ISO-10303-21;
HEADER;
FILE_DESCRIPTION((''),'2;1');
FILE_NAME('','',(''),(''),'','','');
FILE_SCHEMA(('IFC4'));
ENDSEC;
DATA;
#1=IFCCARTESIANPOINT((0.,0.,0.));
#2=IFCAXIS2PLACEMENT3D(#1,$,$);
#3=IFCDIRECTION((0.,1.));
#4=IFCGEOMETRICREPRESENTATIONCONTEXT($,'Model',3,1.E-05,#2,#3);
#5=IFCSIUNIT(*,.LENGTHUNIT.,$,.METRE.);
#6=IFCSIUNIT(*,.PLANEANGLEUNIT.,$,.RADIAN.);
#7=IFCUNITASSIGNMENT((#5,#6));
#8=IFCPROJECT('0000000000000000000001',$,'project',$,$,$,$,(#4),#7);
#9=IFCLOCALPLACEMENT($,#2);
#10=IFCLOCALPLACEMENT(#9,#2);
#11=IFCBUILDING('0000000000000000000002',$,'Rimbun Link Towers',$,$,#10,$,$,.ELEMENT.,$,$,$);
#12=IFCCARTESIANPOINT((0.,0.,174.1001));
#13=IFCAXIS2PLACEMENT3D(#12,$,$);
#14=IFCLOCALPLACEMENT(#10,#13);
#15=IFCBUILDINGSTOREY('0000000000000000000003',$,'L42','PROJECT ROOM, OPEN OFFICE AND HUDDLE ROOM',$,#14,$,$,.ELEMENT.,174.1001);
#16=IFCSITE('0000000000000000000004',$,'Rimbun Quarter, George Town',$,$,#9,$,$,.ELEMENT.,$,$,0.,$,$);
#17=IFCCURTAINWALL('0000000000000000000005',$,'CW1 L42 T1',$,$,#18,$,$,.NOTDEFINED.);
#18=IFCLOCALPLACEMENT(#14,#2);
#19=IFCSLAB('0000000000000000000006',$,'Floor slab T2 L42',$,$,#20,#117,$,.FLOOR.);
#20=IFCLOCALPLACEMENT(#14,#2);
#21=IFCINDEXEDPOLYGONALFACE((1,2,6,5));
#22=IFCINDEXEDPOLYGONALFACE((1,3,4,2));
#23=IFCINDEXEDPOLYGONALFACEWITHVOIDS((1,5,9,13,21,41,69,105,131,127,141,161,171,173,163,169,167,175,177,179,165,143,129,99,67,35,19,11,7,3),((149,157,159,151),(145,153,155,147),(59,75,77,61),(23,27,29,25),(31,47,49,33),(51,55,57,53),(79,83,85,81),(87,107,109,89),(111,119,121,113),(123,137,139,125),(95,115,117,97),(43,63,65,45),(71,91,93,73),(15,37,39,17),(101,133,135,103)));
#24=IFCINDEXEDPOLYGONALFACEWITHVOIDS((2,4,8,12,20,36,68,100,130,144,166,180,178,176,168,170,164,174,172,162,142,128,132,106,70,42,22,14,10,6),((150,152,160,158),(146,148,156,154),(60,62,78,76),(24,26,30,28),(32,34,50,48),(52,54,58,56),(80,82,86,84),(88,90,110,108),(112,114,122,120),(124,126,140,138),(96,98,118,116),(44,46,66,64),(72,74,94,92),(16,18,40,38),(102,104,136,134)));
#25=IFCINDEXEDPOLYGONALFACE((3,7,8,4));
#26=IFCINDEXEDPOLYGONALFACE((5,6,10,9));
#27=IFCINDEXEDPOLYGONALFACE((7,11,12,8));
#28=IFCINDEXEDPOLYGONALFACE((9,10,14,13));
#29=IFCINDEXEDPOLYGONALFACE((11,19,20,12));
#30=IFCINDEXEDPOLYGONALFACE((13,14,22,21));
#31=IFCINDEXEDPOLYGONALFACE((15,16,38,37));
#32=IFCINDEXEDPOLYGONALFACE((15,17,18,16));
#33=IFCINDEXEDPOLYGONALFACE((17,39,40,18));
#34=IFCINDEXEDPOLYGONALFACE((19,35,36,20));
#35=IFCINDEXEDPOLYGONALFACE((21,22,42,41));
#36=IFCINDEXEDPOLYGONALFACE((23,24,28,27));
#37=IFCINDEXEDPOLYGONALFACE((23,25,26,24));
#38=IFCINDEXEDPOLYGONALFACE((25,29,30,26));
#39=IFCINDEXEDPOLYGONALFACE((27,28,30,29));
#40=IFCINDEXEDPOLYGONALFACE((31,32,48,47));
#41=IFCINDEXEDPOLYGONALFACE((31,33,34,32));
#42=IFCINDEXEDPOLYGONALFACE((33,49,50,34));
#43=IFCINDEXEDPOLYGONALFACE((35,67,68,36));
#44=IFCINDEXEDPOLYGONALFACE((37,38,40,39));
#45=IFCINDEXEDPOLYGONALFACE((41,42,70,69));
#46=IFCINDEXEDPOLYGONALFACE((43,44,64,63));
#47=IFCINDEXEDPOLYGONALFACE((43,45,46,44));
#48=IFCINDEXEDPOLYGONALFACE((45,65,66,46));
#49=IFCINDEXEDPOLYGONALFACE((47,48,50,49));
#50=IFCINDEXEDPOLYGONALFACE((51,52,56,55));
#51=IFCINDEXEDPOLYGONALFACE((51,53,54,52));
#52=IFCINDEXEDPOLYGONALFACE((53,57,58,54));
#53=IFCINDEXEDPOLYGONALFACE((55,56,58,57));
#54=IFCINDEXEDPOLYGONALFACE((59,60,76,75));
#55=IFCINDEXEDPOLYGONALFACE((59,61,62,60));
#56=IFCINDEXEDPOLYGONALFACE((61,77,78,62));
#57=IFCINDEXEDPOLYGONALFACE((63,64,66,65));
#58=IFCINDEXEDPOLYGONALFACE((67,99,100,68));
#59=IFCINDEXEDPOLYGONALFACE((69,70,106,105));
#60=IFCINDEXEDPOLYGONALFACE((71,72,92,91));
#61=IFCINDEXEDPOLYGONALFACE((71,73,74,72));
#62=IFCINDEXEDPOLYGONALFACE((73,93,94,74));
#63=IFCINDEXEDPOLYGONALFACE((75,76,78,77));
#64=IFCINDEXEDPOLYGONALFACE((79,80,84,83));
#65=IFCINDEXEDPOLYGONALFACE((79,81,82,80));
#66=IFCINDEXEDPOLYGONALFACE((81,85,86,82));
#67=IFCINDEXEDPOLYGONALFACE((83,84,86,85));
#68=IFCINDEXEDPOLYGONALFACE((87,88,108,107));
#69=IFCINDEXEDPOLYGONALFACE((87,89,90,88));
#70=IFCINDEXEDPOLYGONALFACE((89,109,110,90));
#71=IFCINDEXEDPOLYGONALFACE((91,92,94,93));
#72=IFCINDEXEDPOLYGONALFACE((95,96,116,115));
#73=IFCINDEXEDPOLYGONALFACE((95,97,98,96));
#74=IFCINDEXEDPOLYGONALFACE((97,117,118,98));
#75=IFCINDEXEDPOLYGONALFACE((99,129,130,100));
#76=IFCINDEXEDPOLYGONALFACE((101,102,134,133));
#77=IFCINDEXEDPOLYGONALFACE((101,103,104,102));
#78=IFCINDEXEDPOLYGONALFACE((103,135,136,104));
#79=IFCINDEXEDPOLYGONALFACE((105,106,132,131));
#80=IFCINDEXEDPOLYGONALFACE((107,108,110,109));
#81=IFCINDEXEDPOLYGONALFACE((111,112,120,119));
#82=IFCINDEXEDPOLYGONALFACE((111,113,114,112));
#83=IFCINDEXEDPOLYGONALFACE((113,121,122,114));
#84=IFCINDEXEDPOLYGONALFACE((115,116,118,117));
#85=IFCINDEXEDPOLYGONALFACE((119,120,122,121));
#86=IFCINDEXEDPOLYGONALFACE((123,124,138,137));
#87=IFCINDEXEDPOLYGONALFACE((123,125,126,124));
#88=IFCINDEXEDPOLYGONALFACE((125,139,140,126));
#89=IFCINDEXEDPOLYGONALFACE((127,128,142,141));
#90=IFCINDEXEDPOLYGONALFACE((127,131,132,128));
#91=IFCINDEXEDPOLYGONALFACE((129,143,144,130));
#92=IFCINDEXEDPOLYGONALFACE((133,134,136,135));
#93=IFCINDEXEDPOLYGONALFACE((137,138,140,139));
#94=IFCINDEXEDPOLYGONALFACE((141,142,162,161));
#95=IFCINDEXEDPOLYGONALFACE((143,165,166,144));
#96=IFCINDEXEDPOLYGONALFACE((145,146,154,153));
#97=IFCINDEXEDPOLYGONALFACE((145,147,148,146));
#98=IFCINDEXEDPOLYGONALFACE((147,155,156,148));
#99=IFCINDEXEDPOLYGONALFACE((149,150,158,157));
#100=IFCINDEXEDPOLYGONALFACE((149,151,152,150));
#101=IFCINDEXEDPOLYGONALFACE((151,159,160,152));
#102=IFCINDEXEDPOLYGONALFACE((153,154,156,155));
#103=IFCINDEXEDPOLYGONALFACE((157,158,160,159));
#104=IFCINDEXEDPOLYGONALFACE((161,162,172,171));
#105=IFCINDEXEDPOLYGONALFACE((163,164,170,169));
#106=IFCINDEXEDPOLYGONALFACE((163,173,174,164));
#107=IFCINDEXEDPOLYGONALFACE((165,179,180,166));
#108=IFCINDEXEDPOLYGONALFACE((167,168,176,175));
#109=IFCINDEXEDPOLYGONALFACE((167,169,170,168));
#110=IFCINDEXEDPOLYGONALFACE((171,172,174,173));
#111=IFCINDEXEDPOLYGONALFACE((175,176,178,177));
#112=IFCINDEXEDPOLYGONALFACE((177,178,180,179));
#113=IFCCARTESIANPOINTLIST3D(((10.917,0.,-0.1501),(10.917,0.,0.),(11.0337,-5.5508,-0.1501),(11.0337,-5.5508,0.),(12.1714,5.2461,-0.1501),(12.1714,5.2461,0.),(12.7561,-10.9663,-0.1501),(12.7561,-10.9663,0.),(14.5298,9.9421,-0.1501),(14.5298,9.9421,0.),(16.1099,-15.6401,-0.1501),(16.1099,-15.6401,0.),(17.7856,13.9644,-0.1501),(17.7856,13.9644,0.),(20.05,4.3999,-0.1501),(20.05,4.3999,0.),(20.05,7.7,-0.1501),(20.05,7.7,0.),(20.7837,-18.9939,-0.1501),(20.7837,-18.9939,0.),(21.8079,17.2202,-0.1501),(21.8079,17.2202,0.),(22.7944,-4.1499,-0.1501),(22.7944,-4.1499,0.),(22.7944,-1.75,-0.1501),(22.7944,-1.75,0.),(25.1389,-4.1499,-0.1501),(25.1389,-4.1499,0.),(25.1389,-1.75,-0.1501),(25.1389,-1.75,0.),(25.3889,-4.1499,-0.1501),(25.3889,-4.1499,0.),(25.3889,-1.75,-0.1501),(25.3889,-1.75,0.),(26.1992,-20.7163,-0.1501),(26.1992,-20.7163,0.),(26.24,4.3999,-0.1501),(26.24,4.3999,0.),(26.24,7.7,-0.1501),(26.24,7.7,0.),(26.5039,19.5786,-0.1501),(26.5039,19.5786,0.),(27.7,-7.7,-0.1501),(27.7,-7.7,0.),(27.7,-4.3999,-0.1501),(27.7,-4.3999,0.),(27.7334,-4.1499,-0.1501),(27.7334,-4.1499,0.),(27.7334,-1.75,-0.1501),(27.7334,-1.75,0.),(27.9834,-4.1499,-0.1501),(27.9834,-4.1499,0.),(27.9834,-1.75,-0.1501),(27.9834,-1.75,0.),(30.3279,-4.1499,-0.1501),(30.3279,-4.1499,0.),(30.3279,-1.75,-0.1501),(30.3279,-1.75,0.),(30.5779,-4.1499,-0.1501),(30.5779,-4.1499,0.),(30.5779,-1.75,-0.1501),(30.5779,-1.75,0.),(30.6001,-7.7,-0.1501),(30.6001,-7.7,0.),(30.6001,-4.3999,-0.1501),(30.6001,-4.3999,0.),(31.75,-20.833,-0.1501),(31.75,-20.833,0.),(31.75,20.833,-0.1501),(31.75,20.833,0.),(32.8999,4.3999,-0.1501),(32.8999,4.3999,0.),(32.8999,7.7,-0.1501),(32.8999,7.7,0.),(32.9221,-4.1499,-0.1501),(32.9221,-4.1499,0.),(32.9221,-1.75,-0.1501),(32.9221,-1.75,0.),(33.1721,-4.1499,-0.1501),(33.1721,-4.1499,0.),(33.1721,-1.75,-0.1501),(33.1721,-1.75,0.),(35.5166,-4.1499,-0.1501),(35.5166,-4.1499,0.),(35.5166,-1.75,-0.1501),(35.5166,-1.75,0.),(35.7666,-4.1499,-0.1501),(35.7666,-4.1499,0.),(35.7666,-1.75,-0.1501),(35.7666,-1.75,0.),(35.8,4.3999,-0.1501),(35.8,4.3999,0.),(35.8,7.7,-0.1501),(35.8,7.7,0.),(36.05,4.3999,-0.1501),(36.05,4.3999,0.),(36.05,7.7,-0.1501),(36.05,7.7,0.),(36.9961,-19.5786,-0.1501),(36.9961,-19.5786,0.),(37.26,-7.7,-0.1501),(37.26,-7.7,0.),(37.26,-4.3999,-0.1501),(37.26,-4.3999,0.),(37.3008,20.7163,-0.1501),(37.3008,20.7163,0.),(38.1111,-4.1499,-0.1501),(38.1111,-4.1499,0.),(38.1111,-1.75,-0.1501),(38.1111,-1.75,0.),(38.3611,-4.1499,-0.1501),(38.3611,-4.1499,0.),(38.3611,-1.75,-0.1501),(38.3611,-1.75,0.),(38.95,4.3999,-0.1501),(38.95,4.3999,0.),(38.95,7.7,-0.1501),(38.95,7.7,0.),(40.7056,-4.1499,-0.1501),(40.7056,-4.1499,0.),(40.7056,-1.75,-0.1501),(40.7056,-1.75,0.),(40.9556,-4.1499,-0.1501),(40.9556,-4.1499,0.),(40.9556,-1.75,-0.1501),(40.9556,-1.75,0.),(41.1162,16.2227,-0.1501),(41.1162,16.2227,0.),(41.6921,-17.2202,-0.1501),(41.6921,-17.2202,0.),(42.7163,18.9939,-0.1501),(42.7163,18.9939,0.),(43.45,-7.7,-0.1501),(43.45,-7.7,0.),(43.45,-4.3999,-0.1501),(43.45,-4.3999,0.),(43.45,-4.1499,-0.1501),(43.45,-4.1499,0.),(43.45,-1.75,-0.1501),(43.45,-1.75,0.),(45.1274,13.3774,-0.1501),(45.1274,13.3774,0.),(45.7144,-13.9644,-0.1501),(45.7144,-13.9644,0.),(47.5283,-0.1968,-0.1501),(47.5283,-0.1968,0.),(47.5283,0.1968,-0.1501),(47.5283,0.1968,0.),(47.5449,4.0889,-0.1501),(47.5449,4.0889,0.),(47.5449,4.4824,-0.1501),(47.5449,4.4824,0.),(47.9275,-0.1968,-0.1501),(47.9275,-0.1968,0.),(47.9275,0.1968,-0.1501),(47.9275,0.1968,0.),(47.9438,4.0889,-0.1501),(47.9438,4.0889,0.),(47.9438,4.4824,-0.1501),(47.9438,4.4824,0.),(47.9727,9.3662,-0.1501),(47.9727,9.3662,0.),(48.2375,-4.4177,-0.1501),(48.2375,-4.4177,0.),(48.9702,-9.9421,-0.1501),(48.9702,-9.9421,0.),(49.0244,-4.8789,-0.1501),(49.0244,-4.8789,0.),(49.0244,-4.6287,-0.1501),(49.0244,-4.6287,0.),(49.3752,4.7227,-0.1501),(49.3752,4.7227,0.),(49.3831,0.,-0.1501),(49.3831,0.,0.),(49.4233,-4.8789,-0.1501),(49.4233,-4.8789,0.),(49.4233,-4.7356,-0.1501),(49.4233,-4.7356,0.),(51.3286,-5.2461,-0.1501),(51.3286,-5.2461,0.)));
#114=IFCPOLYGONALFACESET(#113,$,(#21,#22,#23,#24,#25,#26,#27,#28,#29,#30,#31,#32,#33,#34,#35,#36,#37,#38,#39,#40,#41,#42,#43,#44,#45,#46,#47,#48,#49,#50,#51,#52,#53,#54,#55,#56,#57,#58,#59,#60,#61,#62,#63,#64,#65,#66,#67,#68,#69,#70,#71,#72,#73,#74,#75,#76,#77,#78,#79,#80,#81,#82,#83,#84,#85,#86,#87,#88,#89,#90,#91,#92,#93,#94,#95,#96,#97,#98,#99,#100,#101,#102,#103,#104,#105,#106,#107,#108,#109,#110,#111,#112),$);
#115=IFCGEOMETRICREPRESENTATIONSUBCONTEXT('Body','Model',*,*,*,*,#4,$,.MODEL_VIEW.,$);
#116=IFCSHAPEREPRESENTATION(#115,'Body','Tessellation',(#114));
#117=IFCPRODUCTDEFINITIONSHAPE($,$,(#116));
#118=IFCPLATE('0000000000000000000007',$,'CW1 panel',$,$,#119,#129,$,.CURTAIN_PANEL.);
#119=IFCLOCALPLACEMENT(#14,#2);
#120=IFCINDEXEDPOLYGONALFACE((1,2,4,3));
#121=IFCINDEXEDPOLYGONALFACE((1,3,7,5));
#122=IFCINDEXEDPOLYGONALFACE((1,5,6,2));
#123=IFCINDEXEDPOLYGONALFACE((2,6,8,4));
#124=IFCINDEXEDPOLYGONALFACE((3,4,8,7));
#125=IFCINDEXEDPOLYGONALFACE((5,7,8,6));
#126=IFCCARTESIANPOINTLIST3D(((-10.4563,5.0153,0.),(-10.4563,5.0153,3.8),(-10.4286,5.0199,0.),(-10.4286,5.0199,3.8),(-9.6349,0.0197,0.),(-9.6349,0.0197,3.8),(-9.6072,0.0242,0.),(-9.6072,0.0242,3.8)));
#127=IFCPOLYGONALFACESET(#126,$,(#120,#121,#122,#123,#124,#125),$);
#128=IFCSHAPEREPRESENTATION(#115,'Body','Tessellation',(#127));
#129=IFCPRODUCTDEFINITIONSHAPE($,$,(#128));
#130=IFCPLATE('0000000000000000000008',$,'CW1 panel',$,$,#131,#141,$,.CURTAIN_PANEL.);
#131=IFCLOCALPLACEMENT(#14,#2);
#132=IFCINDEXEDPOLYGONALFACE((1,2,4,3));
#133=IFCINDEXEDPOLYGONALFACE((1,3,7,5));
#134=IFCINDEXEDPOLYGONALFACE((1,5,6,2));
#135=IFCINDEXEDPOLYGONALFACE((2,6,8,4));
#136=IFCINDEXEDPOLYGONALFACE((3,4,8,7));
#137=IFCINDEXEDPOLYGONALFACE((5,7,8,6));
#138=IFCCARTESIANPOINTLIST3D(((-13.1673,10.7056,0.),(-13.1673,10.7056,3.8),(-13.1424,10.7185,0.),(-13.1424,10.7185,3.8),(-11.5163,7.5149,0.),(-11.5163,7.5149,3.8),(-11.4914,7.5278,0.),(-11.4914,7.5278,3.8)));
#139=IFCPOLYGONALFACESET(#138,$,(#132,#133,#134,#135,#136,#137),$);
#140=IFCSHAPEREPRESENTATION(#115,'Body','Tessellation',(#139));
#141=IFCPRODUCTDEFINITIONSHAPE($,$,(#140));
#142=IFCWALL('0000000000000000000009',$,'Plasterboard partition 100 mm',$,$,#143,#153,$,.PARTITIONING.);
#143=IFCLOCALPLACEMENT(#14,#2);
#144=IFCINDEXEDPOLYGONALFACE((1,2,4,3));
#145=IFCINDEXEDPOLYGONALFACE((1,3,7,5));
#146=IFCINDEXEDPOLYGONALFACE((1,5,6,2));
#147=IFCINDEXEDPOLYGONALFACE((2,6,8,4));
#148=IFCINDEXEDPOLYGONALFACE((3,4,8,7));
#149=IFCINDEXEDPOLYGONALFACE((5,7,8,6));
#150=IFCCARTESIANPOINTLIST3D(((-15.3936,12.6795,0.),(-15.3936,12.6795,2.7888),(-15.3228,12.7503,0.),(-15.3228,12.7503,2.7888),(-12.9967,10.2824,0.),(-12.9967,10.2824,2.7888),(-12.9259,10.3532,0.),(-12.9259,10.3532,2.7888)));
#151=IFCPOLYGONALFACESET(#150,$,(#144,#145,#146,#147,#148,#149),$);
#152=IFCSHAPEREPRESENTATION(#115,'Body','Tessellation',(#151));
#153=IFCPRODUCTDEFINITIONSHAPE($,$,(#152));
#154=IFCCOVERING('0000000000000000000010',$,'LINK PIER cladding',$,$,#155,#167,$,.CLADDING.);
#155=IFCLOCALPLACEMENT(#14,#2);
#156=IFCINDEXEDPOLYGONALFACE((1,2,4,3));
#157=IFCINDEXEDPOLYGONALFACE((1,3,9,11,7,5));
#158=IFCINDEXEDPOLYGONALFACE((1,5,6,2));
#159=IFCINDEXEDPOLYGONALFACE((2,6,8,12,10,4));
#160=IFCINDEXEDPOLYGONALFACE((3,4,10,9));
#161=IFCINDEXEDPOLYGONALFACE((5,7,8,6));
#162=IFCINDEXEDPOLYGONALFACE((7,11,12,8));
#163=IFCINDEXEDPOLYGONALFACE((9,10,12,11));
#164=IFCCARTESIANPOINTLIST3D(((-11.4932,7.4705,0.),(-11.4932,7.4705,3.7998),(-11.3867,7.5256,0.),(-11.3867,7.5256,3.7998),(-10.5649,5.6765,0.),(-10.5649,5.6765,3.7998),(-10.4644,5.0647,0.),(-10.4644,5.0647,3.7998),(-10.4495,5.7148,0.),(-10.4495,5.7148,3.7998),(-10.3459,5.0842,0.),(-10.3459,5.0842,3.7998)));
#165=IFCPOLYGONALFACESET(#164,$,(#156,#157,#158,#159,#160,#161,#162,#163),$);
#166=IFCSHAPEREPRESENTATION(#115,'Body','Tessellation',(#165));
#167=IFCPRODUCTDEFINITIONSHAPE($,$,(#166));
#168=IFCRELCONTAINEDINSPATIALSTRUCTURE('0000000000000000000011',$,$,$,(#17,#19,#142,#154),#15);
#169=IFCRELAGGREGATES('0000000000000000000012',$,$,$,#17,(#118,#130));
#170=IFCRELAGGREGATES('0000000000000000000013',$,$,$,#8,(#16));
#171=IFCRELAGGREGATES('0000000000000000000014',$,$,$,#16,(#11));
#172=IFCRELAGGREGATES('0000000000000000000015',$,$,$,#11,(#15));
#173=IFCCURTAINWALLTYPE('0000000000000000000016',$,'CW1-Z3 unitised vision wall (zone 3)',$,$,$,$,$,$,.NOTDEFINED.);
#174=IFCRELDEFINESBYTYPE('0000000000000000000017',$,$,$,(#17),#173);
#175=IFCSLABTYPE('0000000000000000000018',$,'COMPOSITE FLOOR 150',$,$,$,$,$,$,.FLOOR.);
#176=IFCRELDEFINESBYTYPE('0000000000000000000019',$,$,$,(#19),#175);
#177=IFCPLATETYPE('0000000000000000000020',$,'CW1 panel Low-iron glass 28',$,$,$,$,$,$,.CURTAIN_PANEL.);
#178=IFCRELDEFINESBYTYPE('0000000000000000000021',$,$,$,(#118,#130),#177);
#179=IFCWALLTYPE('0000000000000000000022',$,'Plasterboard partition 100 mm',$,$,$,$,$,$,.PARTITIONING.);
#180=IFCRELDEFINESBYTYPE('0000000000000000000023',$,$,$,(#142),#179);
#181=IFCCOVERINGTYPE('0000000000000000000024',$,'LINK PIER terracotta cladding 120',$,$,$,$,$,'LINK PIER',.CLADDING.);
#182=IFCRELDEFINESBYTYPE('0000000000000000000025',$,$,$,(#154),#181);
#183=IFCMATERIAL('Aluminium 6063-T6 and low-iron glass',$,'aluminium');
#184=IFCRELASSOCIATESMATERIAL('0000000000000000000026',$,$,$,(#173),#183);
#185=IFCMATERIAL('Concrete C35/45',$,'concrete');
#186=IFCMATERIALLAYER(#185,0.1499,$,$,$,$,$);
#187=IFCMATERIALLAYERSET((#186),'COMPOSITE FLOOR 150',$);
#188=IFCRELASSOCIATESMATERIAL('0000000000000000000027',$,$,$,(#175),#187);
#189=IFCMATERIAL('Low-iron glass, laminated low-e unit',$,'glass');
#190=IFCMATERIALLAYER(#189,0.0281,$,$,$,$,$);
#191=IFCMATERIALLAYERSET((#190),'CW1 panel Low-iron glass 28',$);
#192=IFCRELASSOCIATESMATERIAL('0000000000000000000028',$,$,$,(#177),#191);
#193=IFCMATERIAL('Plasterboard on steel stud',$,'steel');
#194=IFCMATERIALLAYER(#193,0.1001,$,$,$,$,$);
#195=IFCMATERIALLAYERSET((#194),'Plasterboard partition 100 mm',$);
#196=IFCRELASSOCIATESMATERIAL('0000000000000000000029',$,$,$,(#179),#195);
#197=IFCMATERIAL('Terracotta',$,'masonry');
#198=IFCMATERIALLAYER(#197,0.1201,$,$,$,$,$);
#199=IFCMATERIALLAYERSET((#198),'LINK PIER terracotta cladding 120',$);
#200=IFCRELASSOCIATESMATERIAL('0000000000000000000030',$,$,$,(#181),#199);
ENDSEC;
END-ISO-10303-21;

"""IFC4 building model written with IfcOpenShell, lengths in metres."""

from ifc_helpers import new_model, si_unit, direction, frame, frame_2d, origin, origin_2d, place, context, subcontext, project, spatial, polyline, rectangle, outline, extrude, material, layer, layer_set, type_object, element, aggregate, save


model = new_model("IFC4")

# Units and contexts
model_context = context("Model", 3, precision=1e-05, world=origin(), true_north=direction((0.0, 1.0)))
body_context = subcontext(model_context, "Body", "Model", "MODEL_VIEW")
ifc_project = project(units=[si_unit("LENGTHUNIT", "METRE"), si_unit("PLANEANGLEUNIT", "RADIAN")], contexts=[model_context])

# Site, building, storey
site_placement = place(None, origin())
site = spatial("IfcSite", under=ifc_project, at=site_placement, Name="Rimbun Quarter, George Town", CompositionType="ELEMENT", RefElevation=0.0)
building_placement = place(site_placement, origin())
building = spatial("IfcBuilding", under=site, at=building_placement, Name="Rimbun Link Towers", CompositionType="ELEMENT")
storey_placement = place(building_placement, frame((0.0, 0.0, 174.1001)))
storey = spatial("IfcBuildingStorey", under=building, at=storey_placement, Name="L42", Description="PROJECT ROOM, OPEN OFFICE AND HUDDLE ROOM", CompositionType="ELEMENT", Elevation=174.1001)

# Curtain wall
ifc_material_1 = material(Name="Aluminium 6063-T6 and low-iron glass", Category="aluminium")
curtain_wall_type = type_object("IfcCurtainWallType", Name="CW1-Z3 unitised vision wall (zone 3)", PredefinedType="NOTDEFINED", material=ifc_material_1)
curtain_wall_placement = place(storey_placement, origin())
curtain_wall = element("IfcCurtainWall", 1, at=curtain_wall_placement, inside=storey, type_object=curtain_wall_type, Name="CW1 L42 T1", PredefinedType="NOTDEFINED")

# Slab
ifc_material_2 = material(Name="Concrete C35/45", Category="concrete")
ifc_layer_1 = layer(ifc_material_2, 0.1499)
ifc_layer_set_1 = layer_set([ifc_layer_1], Name="COMPOSITE FLOOR 150")
slab_type = type_object("IfcSlabType", Name="COMPOSITE FLOOR 150", PredefinedType="FLOOR", material=ifc_layer_set_1)
slab_placement = place(storey_placement, frame((0.0, 0.0, -0.1501)))
element("IfcSlab", 2, at=slab_placement, inside=storey, type_object=slab_type, Name="Floor slab T2 L42", PredefinedType="FLOOR", context=body_context, shape_type="SweptSolid", body=[
    extrude(outline(polyline([(51.3286, -5.2461), (48.9702, -9.9421), (45.7144, -13.9644), (41.6921, -17.2202), (36.9961, -19.5786), (31.75, -20.833), (26.1992, -20.7163), (20.7837, -18.9939), (16.1099, -15.6401), (12.7561, -10.9663), (11.0337, -5.5508), (10.917, 0.0), (12.1714, 5.2461), (14.5298, 9.9421), (17.7856, 13.9644), (21.8079, 17.2202), (26.5039, 19.5786), (31.75, 20.833), (37.3008, 20.7163), (42.7163, 18.9939), (41.1162, 16.2227), (45.1274, 13.3774), (47.9727, 9.3662), (49.3752, 4.7227), (49.3831, 0.0), (48.2375, -4.4177), (49.0244, -4.6287), (49.0244, -4.8789), (49.4233, -4.8789), (49.4233, -4.7356), (51.3286, -5.2461)]), holes=[polyline([(30.6001, -7.7), (30.6001, -4.3999), (27.7, -4.3999), (27.7, -7.7), (30.6001, -7.7)]), polyline([(25.1389, -4.1499), (25.1389, -1.75), (22.7944, -1.75), (22.7944, -4.1499), (25.1389, -4.1499)]), polyline([(27.7334, -4.1499), (27.7334, -1.75), (25.3889, -1.75), (25.3889, -4.1499), (27.7334, -4.1499)]), polyline([(30.3279, -4.1499), (30.3279, -1.75), (27.9834, -1.75), (27.9834, -4.1499), (30.3279, -4.1499)]), polyline([(32.9221, -4.1499), (32.9221, -1.75), (30.5779, -1.75), (30.5779, -4.1499), (32.9221, -4.1499)]), polyline([(35.5166, -4.1499), (35.5166, -1.75), (33.1721, -1.75), (33.1721, -4.1499), (35.5166, -4.1499)]), polyline([(26.24, 4.3999), (26.24, 7.7), (20.05, 7.7), (20.05, 4.3999), (26.24, 4.3999)]), polyline([(35.8, 4.3999), (35.8, 7.7), (32.8999, 7.7), (32.8999, 4.3999), (35.8, 4.3999)]), polyline([(43.45, -7.7), (43.45, -4.3999), (37.26, -4.3999), (37.26, -7.7), (43.45, -7.7)]), polyline([(38.1111, -4.1499), (38.1111, -1.75), (35.7666, -1.75), (35.7666, -4.1499), (38.1111, -4.1499)]), polyline([(40.7056, -4.1499), (40.7056, -1.75), (38.3611, -1.75), (38.3611, -4.1499), (40.7056, -4.1499)]), polyline([(43.45, -4.1499), (43.45, -1.75), (40.9556, -1.75), (40.9556, -4.1499), (43.45, -4.1499)]), polyline([(47.9275, -0.1968), (47.9275, 0.1968), (47.5283, 0.1968), (47.5283, -0.1968), (47.9275, -0.1968)]), polyline([(47.9438, 4.0889), (47.9438, 4.4824), (47.5449, 4.4824), (47.5449, 4.0889), (47.9438, 4.0889)]), polyline([(38.95, 4.3999), (38.95, 7.7), (36.05, 7.7), (36.05, 4.3999), (38.95, 4.3999)])]), origin(), (0.0, 0.0, 1.0), 0.1501),
])

# Plates
ifc_material_3 = material(Name="Low-iron glass, laminated low-e unit", Category="glass")
ifc_layer_2 = layer(ifc_material_3, 0.0281)
ifc_layer_set_2 = layer_set([ifc_layer_2], Name="CW1 panel Low-iron glass 28")
plate_type = type_object("IfcPlateType", Name="CW1 panel Low-iron glass 28", PredefinedType="CURTAIN_PANEL", material=ifc_layer_set_2)
plate_1_placement = place(storey_placement, frame((-10.0317, 2.5198, 0.0), z_axis=(0.0, 0.0, 1.0), x_axis=(0.162253, -0.986749, 0.0)))
plate_1 = element("IfcPlate", 3, at=plate_1_placement, type_object=plate_type, Name="CW1 panel", PredefinedType="CURTAIN_PANEL", context=body_context, shape_type="SweptSolid", body=[
    extrude(rectangle(XDim=5.0627, YDim=0.0281, at=origin_2d()), origin(), (0.0, 0.0, 1.0), 3.8),
])
plate_2_placement = place(storey_placement, frame((-12.3293, 9.1167, 0.0), z_axis=(0.0, 0.0, 1.0), x_axis=(0.459559, -0.888147, 0.0)))
plate_2 = element("IfcPlate", 4, at=plate_2_placement, type_object=plate_type, Name="CW1 panel", PredefinedType="CURTAIN_PANEL", context=body_context, shape_type="SweptSolid", body=[
    extrude(rectangle(XDim=3.5925, YDim=0.0281, at=origin_2d()), origin(), (0.0, 0.0, 1.0), 3.8),
])
aggregate(curtain_wall, [plate_1, plate_2])

# Wall
ifc_material_4 = material(Name="Plasterboard on steel stud", Category="steel")
ifc_layer_3 = layer(ifc_material_4, 0.1001)
ifc_layer_set_3 = layer_set([ifc_layer_3], Name="Plasterboard partition 100 mm")
wall_type = type_object("IfcWallType", Name="Plasterboard partition 100 mm", PredefinedType="PARTITIONING", material=ifc_layer_set_3)
wall_placement = place(storey_placement, frame((-12.9614, 10.3179, 0.0), z_axis=(0.0, 0.0, 1.0), x_axis=(-0.707071, 0.707143, 0.0)))
element("IfcWall", 5, at=wall_placement, inside=storey, type_object=wall_type, Name="Plasterboard partition 100 mm", PredefinedType="PARTITIONING", context=body_context, shape_type="SweptSolid", body=[
    extrude(rectangle(XDim=3.3899, YDim=0.1001, at=frame_2d((1.6948, 0.0))), origin(), (0.0, 0.0, 1.0), 2.7888),
])

# Covering
ifc_material_5 = material(Name="Terracotta", Category="masonry")
ifc_layer_4 = layer(ifc_material_5, 0.1201)
ifc_layer_set_4 = layer_set([ifc_layer_4], Name="LINK PIER terracotta cladding 120")
covering_type_1 = type_object("IfcCoveringType", Name="LINK PIER terracotta cladding 120", ElementType="LINK PIER", PredefinedType="CLADDING", material=ifc_layer_set_4)
covering_1_placement = place(storey_placement, origin())
element("IfcCovering", 6, at=covering_1_placement, inside=storey, type_object=covering_type_1, Name="LINK PIER cladding", PredefinedType="CLADDING", context=body_context, shape_type="SweptSolid", body=[
    extrude(outline(polyline([(-11.4932, 7.4705), (-10.5649, 5.6765), (-10.4644, 5.0647), (-10.3459, 5.0842), (-10.4495, 5.7148), (-11.3867, 7.5256), (-11.4932, 7.4705)])), origin(), (0.0, 0.0, 1.0), 3.7998),
])

save(model, "model.ifc")
